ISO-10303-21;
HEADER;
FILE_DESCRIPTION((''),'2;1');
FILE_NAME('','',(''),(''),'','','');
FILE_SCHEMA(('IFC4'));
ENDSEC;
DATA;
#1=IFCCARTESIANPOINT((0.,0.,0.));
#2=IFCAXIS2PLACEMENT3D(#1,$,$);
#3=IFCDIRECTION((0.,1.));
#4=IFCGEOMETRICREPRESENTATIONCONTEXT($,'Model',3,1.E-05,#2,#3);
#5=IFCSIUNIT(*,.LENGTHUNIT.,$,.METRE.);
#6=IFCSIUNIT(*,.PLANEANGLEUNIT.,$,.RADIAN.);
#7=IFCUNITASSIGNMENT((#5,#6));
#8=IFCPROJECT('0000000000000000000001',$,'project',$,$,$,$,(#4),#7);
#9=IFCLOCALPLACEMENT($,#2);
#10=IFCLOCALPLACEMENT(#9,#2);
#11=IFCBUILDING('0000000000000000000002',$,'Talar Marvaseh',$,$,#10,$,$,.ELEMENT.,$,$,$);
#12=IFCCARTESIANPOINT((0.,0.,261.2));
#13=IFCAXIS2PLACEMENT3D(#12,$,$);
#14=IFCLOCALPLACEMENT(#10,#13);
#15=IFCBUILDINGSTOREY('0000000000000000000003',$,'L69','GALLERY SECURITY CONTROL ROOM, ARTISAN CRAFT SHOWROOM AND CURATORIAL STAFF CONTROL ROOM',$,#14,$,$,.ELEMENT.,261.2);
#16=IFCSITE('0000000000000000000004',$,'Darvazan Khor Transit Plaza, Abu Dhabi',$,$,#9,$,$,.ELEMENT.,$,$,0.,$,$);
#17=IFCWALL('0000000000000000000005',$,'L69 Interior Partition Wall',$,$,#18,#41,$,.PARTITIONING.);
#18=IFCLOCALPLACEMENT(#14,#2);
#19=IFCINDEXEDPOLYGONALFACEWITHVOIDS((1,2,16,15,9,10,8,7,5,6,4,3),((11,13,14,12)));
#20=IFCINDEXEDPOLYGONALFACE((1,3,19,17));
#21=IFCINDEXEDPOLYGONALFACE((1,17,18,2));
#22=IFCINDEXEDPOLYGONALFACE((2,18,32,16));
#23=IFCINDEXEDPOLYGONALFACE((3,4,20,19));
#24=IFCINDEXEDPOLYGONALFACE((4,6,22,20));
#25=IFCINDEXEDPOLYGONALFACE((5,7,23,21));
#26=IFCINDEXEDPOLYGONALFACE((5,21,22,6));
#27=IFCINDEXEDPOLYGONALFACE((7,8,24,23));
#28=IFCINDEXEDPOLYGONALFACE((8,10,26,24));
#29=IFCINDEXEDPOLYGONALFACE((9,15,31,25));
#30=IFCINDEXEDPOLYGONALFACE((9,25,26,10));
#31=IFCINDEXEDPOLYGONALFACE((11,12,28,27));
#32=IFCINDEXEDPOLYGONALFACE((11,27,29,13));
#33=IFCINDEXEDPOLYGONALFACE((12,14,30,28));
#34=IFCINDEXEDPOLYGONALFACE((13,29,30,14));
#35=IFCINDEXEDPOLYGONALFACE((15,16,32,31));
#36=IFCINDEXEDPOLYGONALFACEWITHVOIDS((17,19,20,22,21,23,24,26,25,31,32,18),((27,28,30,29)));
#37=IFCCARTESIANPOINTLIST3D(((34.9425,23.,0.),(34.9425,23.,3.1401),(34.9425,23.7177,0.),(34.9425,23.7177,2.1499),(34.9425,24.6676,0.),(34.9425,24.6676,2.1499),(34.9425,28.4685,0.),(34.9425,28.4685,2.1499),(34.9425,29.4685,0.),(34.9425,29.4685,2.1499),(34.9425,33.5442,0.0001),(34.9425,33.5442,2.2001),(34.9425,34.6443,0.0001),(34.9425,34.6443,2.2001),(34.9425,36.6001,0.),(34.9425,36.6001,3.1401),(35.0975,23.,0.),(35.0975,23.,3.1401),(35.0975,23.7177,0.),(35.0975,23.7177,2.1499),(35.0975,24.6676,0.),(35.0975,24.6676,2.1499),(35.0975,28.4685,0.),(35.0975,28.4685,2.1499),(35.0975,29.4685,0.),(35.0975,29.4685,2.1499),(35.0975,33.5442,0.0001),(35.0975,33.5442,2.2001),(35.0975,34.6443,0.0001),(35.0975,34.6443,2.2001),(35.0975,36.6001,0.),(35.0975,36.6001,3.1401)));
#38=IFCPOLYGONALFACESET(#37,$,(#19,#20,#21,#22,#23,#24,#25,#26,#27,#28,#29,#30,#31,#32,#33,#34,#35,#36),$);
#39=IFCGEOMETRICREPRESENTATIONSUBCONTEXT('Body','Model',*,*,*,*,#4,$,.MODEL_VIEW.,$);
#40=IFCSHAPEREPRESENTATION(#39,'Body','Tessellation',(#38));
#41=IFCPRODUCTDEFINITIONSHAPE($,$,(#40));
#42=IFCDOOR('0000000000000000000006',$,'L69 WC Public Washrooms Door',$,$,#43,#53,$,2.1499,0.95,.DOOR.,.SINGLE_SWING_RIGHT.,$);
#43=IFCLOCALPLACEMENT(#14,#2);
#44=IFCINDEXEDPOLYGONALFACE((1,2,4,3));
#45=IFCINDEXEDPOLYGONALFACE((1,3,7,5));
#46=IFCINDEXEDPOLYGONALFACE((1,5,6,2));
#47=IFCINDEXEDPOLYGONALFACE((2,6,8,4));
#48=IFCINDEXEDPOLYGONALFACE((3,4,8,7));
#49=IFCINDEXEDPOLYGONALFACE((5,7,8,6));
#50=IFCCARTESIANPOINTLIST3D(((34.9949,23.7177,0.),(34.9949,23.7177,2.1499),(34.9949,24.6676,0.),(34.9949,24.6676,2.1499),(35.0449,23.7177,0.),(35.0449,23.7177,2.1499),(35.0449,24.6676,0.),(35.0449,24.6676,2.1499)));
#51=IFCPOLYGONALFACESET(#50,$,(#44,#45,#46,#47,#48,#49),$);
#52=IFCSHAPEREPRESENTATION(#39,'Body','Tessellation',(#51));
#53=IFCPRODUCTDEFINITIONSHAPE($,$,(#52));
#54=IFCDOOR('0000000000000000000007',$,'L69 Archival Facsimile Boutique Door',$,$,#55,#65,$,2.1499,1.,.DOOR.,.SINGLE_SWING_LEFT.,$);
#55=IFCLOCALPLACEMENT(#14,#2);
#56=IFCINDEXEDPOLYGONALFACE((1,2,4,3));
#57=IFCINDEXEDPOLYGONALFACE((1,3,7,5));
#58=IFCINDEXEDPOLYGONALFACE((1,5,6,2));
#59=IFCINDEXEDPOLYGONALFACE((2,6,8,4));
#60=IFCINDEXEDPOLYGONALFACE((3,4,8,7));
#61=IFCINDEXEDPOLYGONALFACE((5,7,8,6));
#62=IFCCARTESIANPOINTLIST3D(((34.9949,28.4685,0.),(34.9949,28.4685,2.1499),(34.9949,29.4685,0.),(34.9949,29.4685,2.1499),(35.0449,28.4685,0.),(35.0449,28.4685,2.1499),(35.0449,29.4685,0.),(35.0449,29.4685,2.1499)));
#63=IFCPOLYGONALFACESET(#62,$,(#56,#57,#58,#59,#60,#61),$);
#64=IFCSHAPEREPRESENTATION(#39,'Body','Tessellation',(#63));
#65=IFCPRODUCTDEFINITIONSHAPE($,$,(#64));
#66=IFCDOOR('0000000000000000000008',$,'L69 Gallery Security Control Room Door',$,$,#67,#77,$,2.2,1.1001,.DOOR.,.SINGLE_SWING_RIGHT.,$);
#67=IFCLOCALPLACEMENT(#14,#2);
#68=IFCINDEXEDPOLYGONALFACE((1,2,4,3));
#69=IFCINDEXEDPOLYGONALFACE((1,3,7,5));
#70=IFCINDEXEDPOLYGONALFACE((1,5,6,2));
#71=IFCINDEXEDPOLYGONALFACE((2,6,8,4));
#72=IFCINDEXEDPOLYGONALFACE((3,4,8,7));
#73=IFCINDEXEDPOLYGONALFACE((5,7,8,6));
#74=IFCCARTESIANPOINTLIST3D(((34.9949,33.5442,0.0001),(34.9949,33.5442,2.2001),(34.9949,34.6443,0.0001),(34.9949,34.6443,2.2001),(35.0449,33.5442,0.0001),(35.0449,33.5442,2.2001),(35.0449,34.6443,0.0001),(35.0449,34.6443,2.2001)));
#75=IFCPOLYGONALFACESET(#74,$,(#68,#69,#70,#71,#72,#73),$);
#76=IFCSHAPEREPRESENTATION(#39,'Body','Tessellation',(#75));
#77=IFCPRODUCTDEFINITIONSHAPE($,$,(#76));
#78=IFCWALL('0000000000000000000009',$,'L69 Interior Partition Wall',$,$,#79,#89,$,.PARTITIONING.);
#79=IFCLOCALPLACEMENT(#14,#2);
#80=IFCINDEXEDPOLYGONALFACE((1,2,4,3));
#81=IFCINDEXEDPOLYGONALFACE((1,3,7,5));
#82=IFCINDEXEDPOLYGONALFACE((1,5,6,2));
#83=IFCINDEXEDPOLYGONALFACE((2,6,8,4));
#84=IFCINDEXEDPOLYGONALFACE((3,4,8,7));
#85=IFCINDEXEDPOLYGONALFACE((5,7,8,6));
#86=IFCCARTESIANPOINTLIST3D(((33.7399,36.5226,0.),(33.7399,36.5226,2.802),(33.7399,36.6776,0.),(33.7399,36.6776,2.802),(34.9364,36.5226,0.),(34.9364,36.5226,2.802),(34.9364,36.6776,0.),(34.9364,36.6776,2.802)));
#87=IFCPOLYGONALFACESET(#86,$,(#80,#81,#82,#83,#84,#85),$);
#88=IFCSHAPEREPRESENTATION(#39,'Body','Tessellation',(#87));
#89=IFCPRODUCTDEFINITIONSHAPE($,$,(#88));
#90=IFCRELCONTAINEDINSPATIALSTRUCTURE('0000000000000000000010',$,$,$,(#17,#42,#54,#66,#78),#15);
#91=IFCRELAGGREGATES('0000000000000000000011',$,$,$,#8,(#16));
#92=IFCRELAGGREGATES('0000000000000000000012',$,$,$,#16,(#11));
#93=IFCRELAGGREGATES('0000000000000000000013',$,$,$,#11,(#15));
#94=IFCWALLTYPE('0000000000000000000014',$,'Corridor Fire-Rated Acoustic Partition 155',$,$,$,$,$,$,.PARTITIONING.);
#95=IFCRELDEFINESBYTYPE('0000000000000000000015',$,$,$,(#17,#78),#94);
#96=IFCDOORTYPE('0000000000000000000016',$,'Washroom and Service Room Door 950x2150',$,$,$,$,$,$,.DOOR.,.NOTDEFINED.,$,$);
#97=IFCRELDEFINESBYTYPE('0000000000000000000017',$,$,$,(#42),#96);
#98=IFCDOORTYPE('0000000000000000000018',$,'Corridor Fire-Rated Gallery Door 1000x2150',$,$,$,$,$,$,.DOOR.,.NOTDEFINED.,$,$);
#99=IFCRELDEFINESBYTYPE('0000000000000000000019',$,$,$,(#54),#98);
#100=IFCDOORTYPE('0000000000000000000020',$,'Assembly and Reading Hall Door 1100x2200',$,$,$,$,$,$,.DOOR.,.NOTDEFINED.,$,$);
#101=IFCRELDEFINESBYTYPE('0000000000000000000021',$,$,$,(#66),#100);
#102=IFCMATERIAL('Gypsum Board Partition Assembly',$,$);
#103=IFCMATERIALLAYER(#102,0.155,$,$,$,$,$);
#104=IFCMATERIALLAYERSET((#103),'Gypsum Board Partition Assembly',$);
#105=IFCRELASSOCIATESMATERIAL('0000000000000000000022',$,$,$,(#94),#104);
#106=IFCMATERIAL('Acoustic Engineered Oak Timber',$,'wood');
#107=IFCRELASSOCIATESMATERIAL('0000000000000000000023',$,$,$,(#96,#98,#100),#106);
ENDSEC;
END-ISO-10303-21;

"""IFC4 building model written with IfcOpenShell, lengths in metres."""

from ifc_helpers import new_model, si_unit, direction, frame, frame_2d, origin, place, context, subcontext, project, spatial, rectangle, extrude, source, transform, mapped, material, layer, layer_set, type_object, type_shapes, element, fill, save


model = new_model("IFC4")

# Units and contexts
model_context = context("Model", 3, precision=1e-05, world=origin(), true_north=direction((0.0, 1.0)))
body_context = subcontext(model_context, "Body", "Model", "MODEL_VIEW")
ifc_project = project(units=[si_unit("LENGTHUNIT", "METRE"), si_unit("PLANEANGLEUNIT", "RADIAN")], contexts=[model_context])

# Site, building, storey
site_placement = place(None, origin())
site = spatial("IfcSite", under=ifc_project, at=site_placement, Name="Darvazan Khor Transit Plaza, Abu Dhabi", CompositionType="ELEMENT", RefElevation=0.0)
building_placement = place(site_placement, origin())
building = spatial("IfcBuilding", under=site, at=building_placement, Name="Talar Marvaseh", CompositionType="ELEMENT")
storey_placement = place(building_placement, frame((0.0, 0.0, 261.2)))
storey = spatial("IfcBuildingStorey", under=building, at=storey_placement, Name="L69", Description="GALLERY SECURITY CONTROL ROOM, ARTISAN CRAFT SHOWROOM AND CURATORIAL STAFF CONTROL ROOM", CompositionType="ELEMENT", Elevation=261.2)

# Wall, openings, doors
ifc_material_1 = material(Name="Gypsum Board Partition Assembly")
ifc_layer_1 = layer(ifc_material_1, 0.155)
ifc_layer_set_1 = layer_set([ifc_layer_1], Name="Gypsum Board Partition Assembly")
wall_type_1 = type_object("IfcWallType", Name="Corridor Fire-Rated Acoustic Partition 155", PredefinedType="PARTITIONING", material=ifc_layer_set_1)
wall_1_placement = place(storey_placement, frame((35.02, 36.6001, 0.0), z_axis=(0.0, 0.0, 1.0), x_axis=(0.0, -1.0, 0.0)))
wall_1 = element("IfcWall", 1, at=wall_1_placement, inside=storey, type_object=wall_type_1, Name="L69 Interior Partition Wall", PredefinedType="PARTITIONING", context=body_context, shape_type="SweptSolid", body=[
    extrude(rectangle(XDim=13.6001, YDim=0.155, at=frame_2d((6.8, 0.0))), origin(), (0.0, 0.0, 1.0), 3.1401),
])
opening_1_placement = place(wall_1_placement, frame((11.9324, 0.0, 0.0)))
opening_1 = element("IfcOpeningElement", 2, at=opening_1_placement, cuts=wall_1, PredefinedType="OPENING", context=body_context, shape_type="SweptSolid", body=[
    extrude(rectangle(XDim=0.95, YDim=2.1499, at=frame_2d((0.4751, 1.075))), frame((0.0, 0.0874, 0.0), z_axis=(0.0, -1.0, 0.0), x_axis=(1.0, 0.0, 0.0)), (0.0, 0.0, 1.0), 0.175),
])
opening_2_placement = place(wall_1_placement, frame((7.1316, 0.0, 0.0)))
opening_2 = element("IfcOpeningElement", 3, at=opening_2_placement, cuts=wall_1, PredefinedType="OPENING", context=body_context, shape_type="SweptSolid", body=[
    extrude(rectangle(XDim=1.0, YDim=2.1499, at=frame_2d((0.5, 1.075))), frame((0.0, 0.0874, 0.0), z_axis=(0.0, -1.0, 0.0), x_axis=(1.0, 0.0, 0.0)), (0.0, 0.0, 1.0), 0.175),
])
opening_3_placement = place(wall_1_placement, frame((1.9558, 0.0, 0.0)))
opening_3 = element("IfcOpeningElement", 4, at=opening_3_placement, cuts=wall_1, PredefinedType="OPENING", context=body_context, shape_type="SweptSolid", body=[
    extrude(rectangle(XDim=1.1001, YDim=2.2, at=frame_2d((0.55, 1.1001))), frame((0.0, 0.0874, 0.0), z_axis=(0.0, -1.0, 0.0), x_axis=(1.0, 0.0, 0.0)), (0.0, 0.0, 1.0), 0.175),
])
ifc_material_2 = material(Name="Acoustic Engineered Oak Timber", Category="wood")
door_type_1 = type_object("IfcDoorType", Name="Washroom and Service Room Door 950x2150", OperationType="NOTDEFINED", PredefinedType="DOOR", material=ifc_material_2)
shared_shape_1 = source(origin(), body_context, "Body", "SweptSolid", [
    extrude(rectangle(XDim=0.95, YDim=2.1499, at=frame_2d((0.4751, 1.075))), frame((0.0, 0.0249, 0.0), z_axis=(0.0, -1.0, 0.0), x_axis=(1.0, 0.0, 0.0)), (0.0, 0.0, 1.0), 0.05),
])
type_shapes(door_type_1, [shared_shape_1])
door_1_placement = place(opening_1_placement, origin())
door_1 = element("IfcDoor", 5, at=door_1_placement, inside=storey, type_object=door_type_1, Name="L69 WC Public Washrooms Door", OperationType="SINGLE_SWING_RIGHT", OverallHeight=2.1499, OverallWidth=0.95, PredefinedType="DOOR", context=body_context, shape_type="MappedRepresentation", body=[
    mapped(shared_shape_1, transform((0.0, 0.0, 0.0), x_axis=(1.0, 0.0, 0.0), y_axis=(0.0, 1.0, 0.0), z_axis=(0.0, 0.0, 1.0), scale=1.0)),
])
fill(opening_1, door_1)
door_type_2 = type_object("IfcDoorType", Name="Corridor Fire-Rated Gallery Door 1000x2150", OperationType="NOTDEFINED", PredefinedType="DOOR", material=ifc_material_2)
shared_shape_2 = source(origin(), body_context, "Body", "SweptSolid", [
    extrude(rectangle(XDim=1.0, YDim=2.1499, at=frame_2d((0.5, 1.075))), frame((0.0, 0.0249, 0.0), z_axis=(0.0, -1.0, 0.0), x_axis=(1.0, 0.0, 0.0)), (0.0, 0.0, 1.0), 0.05),
])
type_shapes(door_type_2, [shared_shape_2])
door_2_placement = place(opening_2_placement, origin())
door_2 = element("IfcDoor", 6, at=door_2_placement, inside=storey, type_object=door_type_2, Name="L69 Archival Facsimile Boutique Door", OperationType="SINGLE_SWING_LEFT", OverallHeight=2.1499, OverallWidth=1.0, PredefinedType="DOOR", context=body_context, shape_type="MappedRepresentation", body=[
    mapped(shared_shape_2, transform((0.0, 0.0, 0.0), x_axis=(1.0, 0.0, 0.0), y_axis=(0.0, 1.0, 0.0), z_axis=(0.0, 0.0, 1.0), scale=1.0)),
])
fill(opening_2, door_2)
door_type_3 = type_object("IfcDoorType", Name="Assembly and Reading Hall Door 1100x2200", OperationType="NOTDEFINED", PredefinedType="DOOR", material=ifc_material_2)
shared_shape_3 = source(origin(), body_context, "Body", "SweptSolid", [
    extrude(rectangle(XDim=1.1001, YDim=2.2, at=frame_2d((0.55, 1.1001))), frame((0.0, 0.0249, 0.0), z_axis=(0.0, -1.0, 0.0), x_axis=(1.0, 0.0, 0.0)), (0.0, 0.0, 1.0), 0.05),
])
type_shapes(door_type_3, [shared_shape_3])
door_3_placement = place(opening_3_placement, origin())
door_3 = element("IfcDoor", 7, at=door_3_placement, inside=storey, type_object=door_type_3, Name="L69 Gallery Security Control Room Door", OperationType="SINGLE_SWING_RIGHT", OverallHeight=2.2, OverallWidth=1.1001, PredefinedType="DOOR", context=body_context, shape_type="MappedRepresentation", body=[
    mapped(shared_shape_3, transform((0.0, 0.0, 0.0), x_axis=(1.0, 0.0, 0.0), y_axis=(0.0, 1.0, 0.0), z_axis=(0.0, 0.0, 1.0), scale=1.0)),
])
fill(opening_3, door_3)

# Wall
wall_2_placement = place(storey_placement, frame((33.74, 36.6001, 0.0), z_axis=(0.0, 0.0, 1.0), x_axis=(1.0, 0.0, 0.0)))
element("IfcWall", 8, at=wall_2_placement, inside=storey, type_object=wall_type_1, Name="L69 Interior Partition Wall", PredefinedType="PARTITIONING", context=body_context, shape_type="SweptSolid", body=[
    extrude(rectangle(XDim=1.1965, YDim=0.155, at=frame_2d((0.5981, 0.0))), origin(), (0.0, 0.0, 1.0), 2.802),
])

save(model, "model.ifc")
